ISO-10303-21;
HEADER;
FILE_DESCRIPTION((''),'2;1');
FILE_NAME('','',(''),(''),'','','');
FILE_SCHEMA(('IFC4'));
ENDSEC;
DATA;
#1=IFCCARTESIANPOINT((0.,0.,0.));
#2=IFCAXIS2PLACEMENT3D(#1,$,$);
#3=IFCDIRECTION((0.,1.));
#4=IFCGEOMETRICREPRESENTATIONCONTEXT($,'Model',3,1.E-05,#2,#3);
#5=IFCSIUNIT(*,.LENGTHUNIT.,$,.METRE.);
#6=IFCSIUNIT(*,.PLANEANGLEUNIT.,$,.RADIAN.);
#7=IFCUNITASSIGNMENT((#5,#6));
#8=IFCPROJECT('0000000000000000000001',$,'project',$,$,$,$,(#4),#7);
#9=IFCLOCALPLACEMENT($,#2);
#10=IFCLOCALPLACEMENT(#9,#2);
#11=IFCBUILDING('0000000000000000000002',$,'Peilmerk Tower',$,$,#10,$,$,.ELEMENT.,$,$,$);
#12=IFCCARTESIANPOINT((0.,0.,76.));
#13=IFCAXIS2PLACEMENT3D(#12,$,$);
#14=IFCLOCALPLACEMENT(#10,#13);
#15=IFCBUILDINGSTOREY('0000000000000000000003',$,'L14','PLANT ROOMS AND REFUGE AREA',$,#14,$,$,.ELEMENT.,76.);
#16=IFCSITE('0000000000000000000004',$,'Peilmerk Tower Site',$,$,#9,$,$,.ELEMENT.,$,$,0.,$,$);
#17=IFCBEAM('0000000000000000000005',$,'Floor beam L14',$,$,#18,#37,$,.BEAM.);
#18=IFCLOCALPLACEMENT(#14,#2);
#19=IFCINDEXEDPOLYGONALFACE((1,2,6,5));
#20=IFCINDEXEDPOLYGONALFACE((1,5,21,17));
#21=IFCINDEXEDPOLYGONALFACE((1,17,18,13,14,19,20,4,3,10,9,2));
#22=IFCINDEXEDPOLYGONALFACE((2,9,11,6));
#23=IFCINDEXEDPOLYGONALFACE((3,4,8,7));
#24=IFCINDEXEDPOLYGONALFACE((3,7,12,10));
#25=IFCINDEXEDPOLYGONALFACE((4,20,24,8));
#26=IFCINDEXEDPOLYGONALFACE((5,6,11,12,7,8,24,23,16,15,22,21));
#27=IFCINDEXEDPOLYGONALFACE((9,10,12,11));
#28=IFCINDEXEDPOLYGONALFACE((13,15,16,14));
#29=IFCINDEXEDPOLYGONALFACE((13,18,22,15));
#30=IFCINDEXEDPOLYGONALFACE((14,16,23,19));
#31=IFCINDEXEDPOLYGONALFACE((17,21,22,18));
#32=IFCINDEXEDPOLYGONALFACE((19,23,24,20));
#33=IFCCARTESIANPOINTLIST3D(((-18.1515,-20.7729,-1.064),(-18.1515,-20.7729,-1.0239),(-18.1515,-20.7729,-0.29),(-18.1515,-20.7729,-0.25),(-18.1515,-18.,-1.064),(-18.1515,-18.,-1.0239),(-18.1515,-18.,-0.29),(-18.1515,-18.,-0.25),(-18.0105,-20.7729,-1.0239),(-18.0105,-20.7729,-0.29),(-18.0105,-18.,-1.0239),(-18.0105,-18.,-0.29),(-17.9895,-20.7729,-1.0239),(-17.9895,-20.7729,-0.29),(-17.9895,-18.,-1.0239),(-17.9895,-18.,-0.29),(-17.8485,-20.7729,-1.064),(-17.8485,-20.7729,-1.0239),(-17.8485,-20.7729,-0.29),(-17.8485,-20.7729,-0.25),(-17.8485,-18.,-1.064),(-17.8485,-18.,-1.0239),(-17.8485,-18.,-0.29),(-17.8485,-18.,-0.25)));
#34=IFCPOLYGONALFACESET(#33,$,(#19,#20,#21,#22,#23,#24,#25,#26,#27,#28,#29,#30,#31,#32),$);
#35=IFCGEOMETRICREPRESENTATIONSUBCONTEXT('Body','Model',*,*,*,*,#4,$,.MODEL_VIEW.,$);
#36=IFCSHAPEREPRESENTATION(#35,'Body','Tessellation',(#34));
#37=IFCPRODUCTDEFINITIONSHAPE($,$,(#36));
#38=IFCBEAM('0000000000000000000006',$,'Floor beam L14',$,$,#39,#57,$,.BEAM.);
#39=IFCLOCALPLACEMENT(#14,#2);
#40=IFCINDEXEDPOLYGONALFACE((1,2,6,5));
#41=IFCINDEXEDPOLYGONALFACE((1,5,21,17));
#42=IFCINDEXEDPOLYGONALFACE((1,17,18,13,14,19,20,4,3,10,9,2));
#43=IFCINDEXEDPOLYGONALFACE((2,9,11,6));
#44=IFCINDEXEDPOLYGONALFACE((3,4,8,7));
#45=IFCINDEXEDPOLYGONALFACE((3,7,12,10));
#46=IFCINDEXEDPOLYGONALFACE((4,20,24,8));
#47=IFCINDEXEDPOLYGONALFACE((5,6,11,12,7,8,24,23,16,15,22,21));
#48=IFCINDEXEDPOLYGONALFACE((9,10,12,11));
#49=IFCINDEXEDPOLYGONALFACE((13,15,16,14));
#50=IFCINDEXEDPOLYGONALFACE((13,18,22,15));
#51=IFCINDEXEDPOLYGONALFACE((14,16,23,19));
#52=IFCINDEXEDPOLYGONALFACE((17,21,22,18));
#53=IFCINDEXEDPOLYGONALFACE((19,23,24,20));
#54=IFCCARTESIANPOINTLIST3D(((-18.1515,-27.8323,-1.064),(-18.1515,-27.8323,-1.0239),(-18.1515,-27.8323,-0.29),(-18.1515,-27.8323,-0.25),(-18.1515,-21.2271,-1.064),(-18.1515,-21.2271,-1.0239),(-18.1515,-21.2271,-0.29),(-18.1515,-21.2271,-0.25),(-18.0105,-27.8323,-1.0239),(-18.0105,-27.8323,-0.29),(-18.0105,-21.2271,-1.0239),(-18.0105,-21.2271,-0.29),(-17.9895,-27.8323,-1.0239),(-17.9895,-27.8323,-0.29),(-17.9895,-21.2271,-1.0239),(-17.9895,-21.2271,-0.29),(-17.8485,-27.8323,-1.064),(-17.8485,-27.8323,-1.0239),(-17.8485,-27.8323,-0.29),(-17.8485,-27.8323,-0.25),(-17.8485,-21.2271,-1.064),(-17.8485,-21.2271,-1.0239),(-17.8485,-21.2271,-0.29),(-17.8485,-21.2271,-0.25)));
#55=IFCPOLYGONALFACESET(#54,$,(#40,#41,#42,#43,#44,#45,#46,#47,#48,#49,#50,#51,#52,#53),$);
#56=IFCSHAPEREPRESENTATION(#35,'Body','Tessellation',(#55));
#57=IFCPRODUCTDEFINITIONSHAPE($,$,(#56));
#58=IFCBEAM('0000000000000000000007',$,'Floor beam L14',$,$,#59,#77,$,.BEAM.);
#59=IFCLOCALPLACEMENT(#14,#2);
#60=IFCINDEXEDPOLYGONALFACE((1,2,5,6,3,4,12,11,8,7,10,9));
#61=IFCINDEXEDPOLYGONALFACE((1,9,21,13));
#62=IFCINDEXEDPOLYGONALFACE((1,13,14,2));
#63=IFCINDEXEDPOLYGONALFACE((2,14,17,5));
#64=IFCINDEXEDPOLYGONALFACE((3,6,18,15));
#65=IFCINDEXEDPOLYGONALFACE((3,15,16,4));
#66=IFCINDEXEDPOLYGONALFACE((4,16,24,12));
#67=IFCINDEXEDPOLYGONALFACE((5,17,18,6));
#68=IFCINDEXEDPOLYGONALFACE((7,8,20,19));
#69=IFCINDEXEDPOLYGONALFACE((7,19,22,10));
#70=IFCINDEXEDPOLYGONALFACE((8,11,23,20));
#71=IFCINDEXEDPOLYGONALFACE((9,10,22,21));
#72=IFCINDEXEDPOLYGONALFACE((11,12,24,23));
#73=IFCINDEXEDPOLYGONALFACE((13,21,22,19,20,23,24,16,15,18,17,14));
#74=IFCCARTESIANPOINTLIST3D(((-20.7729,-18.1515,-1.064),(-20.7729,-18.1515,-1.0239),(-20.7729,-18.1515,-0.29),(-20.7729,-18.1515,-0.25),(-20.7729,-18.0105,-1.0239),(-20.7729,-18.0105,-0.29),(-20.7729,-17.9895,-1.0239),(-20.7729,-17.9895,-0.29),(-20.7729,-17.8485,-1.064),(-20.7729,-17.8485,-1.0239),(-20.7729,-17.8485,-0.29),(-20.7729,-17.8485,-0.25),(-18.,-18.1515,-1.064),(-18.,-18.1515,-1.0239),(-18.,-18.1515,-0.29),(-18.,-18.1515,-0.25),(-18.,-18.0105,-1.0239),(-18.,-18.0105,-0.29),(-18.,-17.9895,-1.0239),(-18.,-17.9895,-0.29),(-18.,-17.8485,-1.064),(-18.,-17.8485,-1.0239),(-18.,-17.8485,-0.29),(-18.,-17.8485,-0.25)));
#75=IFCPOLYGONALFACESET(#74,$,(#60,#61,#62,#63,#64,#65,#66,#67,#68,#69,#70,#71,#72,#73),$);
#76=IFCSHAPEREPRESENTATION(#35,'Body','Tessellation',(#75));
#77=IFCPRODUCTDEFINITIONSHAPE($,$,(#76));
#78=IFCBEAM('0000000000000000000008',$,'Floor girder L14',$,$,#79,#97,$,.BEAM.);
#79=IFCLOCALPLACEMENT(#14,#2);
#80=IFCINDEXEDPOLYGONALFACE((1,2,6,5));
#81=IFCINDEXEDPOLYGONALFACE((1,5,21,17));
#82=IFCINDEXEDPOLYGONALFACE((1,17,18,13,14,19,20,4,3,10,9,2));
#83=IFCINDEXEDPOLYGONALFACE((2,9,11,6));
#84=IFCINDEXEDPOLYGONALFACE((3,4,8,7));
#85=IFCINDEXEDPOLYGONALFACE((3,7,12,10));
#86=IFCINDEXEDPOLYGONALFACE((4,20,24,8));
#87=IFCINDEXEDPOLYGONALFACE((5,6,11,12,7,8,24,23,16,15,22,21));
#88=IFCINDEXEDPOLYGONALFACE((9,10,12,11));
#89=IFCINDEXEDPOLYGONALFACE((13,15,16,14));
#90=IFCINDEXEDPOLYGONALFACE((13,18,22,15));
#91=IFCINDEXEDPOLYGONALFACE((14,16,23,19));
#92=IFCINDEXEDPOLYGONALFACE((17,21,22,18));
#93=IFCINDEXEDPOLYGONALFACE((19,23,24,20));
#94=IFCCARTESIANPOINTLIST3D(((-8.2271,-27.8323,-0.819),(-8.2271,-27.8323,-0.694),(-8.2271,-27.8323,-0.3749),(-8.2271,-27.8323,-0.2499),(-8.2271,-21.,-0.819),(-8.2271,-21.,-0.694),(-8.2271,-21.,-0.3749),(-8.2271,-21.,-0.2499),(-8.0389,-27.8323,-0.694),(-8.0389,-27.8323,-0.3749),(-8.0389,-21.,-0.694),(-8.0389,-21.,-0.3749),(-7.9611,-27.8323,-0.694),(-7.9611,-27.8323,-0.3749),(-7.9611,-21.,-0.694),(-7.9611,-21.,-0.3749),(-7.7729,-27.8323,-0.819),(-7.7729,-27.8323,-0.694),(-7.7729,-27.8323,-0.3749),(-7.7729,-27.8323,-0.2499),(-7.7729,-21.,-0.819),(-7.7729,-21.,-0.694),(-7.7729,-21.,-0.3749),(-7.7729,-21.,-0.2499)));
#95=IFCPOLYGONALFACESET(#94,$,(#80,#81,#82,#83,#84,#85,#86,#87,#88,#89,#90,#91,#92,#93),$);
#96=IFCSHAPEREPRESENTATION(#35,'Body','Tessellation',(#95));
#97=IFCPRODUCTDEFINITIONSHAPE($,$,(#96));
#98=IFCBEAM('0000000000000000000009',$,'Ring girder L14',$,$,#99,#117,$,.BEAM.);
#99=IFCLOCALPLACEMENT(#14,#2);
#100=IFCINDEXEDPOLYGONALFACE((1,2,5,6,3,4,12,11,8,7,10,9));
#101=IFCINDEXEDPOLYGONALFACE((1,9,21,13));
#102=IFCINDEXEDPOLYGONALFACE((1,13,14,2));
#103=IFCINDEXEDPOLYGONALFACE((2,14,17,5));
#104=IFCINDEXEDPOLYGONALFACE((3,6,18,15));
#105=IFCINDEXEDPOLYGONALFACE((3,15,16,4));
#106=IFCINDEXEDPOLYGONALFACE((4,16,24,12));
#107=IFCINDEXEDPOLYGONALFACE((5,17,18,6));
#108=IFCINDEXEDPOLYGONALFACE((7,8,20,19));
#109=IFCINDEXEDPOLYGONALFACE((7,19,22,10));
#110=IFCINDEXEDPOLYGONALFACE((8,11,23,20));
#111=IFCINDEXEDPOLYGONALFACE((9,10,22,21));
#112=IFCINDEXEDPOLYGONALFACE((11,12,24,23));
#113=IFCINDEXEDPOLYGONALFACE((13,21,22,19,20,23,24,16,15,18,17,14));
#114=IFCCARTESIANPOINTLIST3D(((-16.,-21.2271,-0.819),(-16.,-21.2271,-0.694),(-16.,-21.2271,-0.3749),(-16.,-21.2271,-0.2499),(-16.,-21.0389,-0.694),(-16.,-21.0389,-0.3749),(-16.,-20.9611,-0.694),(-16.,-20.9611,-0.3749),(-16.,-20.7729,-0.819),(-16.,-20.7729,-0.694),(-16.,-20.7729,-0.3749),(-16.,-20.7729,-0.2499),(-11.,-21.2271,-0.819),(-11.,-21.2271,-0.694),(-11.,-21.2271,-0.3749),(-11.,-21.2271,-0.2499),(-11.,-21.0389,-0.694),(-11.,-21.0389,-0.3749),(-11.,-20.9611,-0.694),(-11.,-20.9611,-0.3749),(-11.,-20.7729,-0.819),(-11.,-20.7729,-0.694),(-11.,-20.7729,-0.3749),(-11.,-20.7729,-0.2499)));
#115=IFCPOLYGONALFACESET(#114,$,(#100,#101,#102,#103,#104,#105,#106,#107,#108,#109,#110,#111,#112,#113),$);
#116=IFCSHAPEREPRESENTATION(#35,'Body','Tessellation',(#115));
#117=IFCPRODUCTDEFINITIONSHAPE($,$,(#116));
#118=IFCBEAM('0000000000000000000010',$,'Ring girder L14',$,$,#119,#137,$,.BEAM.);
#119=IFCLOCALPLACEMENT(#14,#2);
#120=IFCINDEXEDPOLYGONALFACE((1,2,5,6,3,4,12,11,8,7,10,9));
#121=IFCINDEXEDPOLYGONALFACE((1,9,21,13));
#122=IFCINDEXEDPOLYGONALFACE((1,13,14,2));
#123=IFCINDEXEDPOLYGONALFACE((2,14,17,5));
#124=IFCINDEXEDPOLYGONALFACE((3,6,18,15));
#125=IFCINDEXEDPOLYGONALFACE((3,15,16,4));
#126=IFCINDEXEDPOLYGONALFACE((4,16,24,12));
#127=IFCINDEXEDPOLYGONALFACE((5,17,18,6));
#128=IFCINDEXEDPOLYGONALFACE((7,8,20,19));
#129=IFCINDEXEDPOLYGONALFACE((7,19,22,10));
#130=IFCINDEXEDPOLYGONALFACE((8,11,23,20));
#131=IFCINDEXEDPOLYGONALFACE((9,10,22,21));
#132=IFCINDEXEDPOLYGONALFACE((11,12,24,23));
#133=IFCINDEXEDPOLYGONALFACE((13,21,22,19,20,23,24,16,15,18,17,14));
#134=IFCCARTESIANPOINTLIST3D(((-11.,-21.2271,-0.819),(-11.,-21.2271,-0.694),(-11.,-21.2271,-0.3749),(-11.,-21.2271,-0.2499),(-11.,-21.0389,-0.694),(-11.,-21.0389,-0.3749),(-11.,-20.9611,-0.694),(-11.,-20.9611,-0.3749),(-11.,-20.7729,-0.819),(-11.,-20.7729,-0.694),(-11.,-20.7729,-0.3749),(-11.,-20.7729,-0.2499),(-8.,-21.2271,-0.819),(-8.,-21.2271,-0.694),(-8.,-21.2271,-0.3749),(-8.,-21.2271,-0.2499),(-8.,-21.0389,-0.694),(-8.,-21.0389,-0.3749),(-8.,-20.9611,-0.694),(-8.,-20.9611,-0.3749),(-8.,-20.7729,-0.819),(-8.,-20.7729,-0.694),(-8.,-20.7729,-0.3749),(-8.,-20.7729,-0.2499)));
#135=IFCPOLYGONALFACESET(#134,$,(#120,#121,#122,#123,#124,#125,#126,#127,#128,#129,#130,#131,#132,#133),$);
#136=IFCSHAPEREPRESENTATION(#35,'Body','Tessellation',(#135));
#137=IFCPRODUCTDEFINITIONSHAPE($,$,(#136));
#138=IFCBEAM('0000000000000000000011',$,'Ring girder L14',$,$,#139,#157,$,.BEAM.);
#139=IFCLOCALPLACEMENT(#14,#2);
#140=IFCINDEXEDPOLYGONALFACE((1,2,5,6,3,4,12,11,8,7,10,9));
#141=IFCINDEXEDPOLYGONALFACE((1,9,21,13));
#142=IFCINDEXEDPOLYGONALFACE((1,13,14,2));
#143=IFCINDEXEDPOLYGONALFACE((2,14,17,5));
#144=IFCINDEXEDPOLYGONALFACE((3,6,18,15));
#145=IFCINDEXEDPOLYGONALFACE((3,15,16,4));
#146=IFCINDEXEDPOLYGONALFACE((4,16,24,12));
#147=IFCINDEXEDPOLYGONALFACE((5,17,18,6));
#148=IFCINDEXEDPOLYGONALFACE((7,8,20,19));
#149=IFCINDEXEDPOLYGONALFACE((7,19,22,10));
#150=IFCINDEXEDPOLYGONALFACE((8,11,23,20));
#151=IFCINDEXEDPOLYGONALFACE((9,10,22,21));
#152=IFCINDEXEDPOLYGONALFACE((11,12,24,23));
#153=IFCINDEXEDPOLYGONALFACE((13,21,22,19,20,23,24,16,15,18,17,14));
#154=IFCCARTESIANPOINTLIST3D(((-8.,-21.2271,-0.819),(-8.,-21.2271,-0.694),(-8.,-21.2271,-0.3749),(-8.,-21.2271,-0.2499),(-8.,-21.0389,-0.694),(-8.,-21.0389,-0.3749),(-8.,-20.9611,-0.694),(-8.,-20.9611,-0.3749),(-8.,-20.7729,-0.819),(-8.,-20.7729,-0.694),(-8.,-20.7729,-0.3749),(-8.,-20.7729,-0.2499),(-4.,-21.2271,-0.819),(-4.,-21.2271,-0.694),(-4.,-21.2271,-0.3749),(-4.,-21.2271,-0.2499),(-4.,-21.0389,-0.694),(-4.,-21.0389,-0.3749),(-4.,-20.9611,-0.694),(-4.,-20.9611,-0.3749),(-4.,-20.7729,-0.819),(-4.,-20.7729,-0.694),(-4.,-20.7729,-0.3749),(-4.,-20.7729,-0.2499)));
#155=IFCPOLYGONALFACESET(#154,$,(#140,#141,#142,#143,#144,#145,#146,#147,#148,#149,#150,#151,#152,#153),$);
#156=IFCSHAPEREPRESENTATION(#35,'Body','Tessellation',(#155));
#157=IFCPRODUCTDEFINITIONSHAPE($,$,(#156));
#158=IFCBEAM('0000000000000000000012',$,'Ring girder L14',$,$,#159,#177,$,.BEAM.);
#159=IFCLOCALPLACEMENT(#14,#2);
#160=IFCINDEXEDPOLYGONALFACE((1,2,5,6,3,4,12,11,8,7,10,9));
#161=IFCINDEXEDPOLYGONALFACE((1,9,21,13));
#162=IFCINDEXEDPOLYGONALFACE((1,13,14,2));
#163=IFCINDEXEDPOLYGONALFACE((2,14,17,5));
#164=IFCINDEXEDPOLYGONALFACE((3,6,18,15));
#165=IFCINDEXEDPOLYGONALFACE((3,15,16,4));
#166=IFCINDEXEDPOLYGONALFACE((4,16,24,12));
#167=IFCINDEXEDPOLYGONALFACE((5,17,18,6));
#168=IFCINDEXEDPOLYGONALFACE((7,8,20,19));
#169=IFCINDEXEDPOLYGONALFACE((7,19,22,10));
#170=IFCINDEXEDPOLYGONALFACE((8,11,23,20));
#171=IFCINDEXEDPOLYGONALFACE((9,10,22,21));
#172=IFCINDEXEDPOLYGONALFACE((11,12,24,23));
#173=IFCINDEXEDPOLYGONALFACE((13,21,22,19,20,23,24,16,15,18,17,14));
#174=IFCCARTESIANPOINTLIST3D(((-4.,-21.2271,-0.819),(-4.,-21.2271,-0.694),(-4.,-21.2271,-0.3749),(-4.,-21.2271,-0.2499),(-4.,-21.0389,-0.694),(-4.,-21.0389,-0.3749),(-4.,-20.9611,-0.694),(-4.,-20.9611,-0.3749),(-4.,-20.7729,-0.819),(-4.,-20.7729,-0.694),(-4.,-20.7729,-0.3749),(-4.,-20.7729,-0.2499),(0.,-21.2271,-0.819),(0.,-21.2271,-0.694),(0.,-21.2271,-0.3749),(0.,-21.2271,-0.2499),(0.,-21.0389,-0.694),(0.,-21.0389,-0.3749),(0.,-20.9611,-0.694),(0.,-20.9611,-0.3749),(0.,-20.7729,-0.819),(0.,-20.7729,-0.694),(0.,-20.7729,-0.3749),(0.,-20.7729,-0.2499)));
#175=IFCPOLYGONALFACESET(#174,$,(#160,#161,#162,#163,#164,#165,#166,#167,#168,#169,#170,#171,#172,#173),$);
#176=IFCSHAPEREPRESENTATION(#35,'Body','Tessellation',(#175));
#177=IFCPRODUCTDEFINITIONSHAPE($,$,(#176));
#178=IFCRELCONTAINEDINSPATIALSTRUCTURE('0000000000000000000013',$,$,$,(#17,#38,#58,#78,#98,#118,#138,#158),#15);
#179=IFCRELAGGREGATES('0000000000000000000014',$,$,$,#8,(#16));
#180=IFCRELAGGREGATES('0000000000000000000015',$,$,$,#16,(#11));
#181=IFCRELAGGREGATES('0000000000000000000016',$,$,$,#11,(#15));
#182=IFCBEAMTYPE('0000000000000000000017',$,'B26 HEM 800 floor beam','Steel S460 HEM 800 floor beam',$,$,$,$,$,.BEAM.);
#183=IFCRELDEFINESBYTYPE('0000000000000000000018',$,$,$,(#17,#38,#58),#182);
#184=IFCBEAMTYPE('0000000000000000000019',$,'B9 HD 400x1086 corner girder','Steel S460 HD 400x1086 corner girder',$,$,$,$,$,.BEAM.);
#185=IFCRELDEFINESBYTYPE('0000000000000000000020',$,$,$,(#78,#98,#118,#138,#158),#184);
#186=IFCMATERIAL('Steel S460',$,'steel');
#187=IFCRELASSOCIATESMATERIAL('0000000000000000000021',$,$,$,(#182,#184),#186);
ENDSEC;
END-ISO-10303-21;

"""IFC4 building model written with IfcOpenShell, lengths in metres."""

from ifc_helpers import new_model, si_unit, direction, frame, origin, origin_2d, place, context, subcontext, project, spatial, i_section, extrude, material, material_profile, profile_set, type_object, element, save


model = new_model("IFC4")

# Units and contexts
model_context = context("Model", 3, precision=1e-05, world=origin(), true_north=direction((0.0, 1.0)))
body_context = subcontext(model_context, "Body", "Model", "MODEL_VIEW")
ifc_project = project(units=[si_unit("LENGTHUNIT", "METRE"), si_unit("PLANEANGLEUNIT", "RADIAN")], contexts=[model_context])

# Site, building, storey
site_placement = place(None, origin())
site = spatial("IfcSite", under=ifc_project, at=site_placement, Name="Peilmerk Tower Site", CompositionType="ELEMENT", RefElevation=0.0)
building_placement = place(site_placement, origin())
building = spatial("IfcBuilding", under=site, at=building_placement, Name="Peilmerk Tower", CompositionType="ELEMENT")
storey_placement = place(building_placement, frame((0.0, 0.0, 76.0)))
storey = spatial("IfcBuildingStorey", under=building, at=storey_placement, Name="L14", Description="PLANT ROOMS AND REFUGE AREA", CompositionType="ELEMENT", Elevation=76.0)

# Shared definitions
ifc_material_1 = material(Name="Steel S460", Category="steel")

# Beams
ifc_material_profile_1 = material_profile(ifc_material_1, i_section(OverallWidth=0.303, OverallDepth=0.814, WebThickness=0.021, FlangeThickness=0.04, at=origin_2d()), Name="HEM 800")
ifc_profile_set_1 = profile_set([ifc_material_profile_1], Name="Steel S460")
beam_type_1 = type_object("IfcBeamType", Name="B26 HEM 800 floor beam", Description="Steel S460 HEM 800 floor beam", PredefinedType="BEAM", material=ifc_profile_set_1)
beam_1_placement = place(storey_placement, frame((-18.0, -18.0, -0.657), z_axis=(0.0, -1.0, 0.0), x_axis=(1.0, 0.0, 0.0)))
element("IfcBeam", 1, at=beam_1_placement, inside=storey, type_object=beam_type_1, Name="Floor beam L14", PredefinedType="BEAM", context=body_context, shape_type="SweptSolid", body=[
    extrude(i_section(OverallWidth=0.303, OverallDepth=0.814, WebThickness=0.021, FlangeThickness=0.04, at=origin_2d()), origin(), (0.0, 0.0, 1.0), 2.7729),
])
beam_2_placement = place(storey_placement, frame((-18.0, -21.2271, -0.657), z_axis=(0.0, -1.0, 0.0), x_axis=(1.0, 0.0, 0.0)))
element("IfcBeam", 2, at=beam_2_placement, inside=storey, type_object=beam_type_1, Name="Floor beam L14", PredefinedType="BEAM", context=body_context, shape_type="SweptSolid", body=[
    extrude(i_section(OverallWidth=0.303, OverallDepth=0.814, WebThickness=0.021, FlangeThickness=0.04, at=origin_2d()), origin(), (0.0, 0.0, 1.0), 6.6052),
])
beam_3_placement = place(storey_placement, frame((-18.0, -18.0, -0.657), z_axis=(-1.0, 0.0, 0.0), x_axis=(0.0, -1.0, 0.0)))
element("IfcBeam", 3, at=beam_3_placement, inside=storey, type_object=beam_type_1, Name="Floor beam L14", PredefinedType="BEAM", context=body_context, shape_type="SweptSolid", body=[
    extrude(i_section(OverallWidth=0.303, OverallDepth=0.814, WebThickness=0.021, FlangeThickness=0.04, at=origin_2d()), origin(), (0.0, 0.0, 1.0), 2.7729),
])
ifc_material_profile_2 = material_profile(ifc_material_1, i_section(OverallWidth=0.4541, OverallDepth=0.5691, WebThickness=0.0779, FlangeThickness=0.125, at=origin_2d()), Name="HD 400x1086")
ifc_profile_set_2 = profile_set([ifc_material_profile_2], Name="Steel S460")
beam_type_2 = type_object("IfcBeamType", Name="B9 HD 400x1086 corner girder", Description="Steel S460 HD 400x1086 corner girder", PredefinedType="BEAM", material=ifc_profile_set_2)
beam_4_placement = place(storey_placement, frame((-8.0, -21.0, -0.5344), z_axis=(0.0, -1.0, 0.0), x_axis=(1.0, 0.0, 0.0)))
element("IfcBeam", 4, at=beam_4_placement, inside=storey, type_object=beam_type_2, Name="Floor girder L14", PredefinedType="BEAM", context=body_context, shape_type="SweptSolid", body=[
    extrude(i_section(OverallWidth=0.4541, OverallDepth=0.5691, WebThickness=0.0779, FlangeThickness=0.125, at=origin_2d()), origin(), (0.0, 0.0, 1.0), 6.8323),
])
beam_5_placement = place(storey_placement, frame((-16.0, -21.0, -0.5344), z_axis=(1.0, 0.0, 0.0), x_axis=(0.0, 1.0, 0.0)))
element("IfcBeam", 5, at=beam_5_placement, inside=storey, type_object=beam_type_2, Name="Ring girder L14", PredefinedType="BEAM", context=body_context, shape_type="SweptSolid", body=[
    extrude(i_section(OverallWidth=0.4541, OverallDepth=0.5691, WebThickness=0.0779, FlangeThickness=0.125, at=origin_2d()), origin(), (0.0, 0.0, 1.0), 5.0),
])
beam_6_placement = place(storey_placement, frame((-11.0, -21.0, -0.5344), z_axis=(1.0, 0.0, 0.0), x_axis=(0.0, 1.0, 0.0)))
element("IfcBeam", 6, at=beam_6_placement, inside=storey, type_object=beam_type_2, Name="Ring girder L14", PredefinedType="BEAM", context=body_context, shape_type="SweptSolid", body=[
    extrude(i_section(OverallWidth=0.4541, OverallDepth=0.5691, WebThickness=0.0779, FlangeThickness=0.125, at=origin_2d()), origin(), (0.0, 0.0, 1.0), 3.0),
])
for number, where, z_axis, x_axis, name in (
    (7, (-8.0, -21.0, -0.5344), (1.0, 0.0, 0.0), (0.0, 1.0, 0.0), "Ring girder L14"),
    (8, (-4.0, -21.0, -0.5344), (1.0, 0.0, 0.0), (0.0, 1.0, 0.0), "Ring girder L14"),
):
    element("IfcBeam", number, at=place(storey_placement, frame(where, z_axis=z_axis, x_axis=x_axis)), inside=storey, type_object=beam_type_2, Name=name, PredefinedType="BEAM", context=body_context, shape_type="SweptSolid", body=[
        extrude(i_section(OverallWidth=0.4541, OverallDepth=0.5691, WebThickness=0.0779, FlangeThickness=0.125, at=origin_2d()), origin(), (0.0, 0.0, 1.0), 4.0),
    ])

save(model, "model.ifc")
